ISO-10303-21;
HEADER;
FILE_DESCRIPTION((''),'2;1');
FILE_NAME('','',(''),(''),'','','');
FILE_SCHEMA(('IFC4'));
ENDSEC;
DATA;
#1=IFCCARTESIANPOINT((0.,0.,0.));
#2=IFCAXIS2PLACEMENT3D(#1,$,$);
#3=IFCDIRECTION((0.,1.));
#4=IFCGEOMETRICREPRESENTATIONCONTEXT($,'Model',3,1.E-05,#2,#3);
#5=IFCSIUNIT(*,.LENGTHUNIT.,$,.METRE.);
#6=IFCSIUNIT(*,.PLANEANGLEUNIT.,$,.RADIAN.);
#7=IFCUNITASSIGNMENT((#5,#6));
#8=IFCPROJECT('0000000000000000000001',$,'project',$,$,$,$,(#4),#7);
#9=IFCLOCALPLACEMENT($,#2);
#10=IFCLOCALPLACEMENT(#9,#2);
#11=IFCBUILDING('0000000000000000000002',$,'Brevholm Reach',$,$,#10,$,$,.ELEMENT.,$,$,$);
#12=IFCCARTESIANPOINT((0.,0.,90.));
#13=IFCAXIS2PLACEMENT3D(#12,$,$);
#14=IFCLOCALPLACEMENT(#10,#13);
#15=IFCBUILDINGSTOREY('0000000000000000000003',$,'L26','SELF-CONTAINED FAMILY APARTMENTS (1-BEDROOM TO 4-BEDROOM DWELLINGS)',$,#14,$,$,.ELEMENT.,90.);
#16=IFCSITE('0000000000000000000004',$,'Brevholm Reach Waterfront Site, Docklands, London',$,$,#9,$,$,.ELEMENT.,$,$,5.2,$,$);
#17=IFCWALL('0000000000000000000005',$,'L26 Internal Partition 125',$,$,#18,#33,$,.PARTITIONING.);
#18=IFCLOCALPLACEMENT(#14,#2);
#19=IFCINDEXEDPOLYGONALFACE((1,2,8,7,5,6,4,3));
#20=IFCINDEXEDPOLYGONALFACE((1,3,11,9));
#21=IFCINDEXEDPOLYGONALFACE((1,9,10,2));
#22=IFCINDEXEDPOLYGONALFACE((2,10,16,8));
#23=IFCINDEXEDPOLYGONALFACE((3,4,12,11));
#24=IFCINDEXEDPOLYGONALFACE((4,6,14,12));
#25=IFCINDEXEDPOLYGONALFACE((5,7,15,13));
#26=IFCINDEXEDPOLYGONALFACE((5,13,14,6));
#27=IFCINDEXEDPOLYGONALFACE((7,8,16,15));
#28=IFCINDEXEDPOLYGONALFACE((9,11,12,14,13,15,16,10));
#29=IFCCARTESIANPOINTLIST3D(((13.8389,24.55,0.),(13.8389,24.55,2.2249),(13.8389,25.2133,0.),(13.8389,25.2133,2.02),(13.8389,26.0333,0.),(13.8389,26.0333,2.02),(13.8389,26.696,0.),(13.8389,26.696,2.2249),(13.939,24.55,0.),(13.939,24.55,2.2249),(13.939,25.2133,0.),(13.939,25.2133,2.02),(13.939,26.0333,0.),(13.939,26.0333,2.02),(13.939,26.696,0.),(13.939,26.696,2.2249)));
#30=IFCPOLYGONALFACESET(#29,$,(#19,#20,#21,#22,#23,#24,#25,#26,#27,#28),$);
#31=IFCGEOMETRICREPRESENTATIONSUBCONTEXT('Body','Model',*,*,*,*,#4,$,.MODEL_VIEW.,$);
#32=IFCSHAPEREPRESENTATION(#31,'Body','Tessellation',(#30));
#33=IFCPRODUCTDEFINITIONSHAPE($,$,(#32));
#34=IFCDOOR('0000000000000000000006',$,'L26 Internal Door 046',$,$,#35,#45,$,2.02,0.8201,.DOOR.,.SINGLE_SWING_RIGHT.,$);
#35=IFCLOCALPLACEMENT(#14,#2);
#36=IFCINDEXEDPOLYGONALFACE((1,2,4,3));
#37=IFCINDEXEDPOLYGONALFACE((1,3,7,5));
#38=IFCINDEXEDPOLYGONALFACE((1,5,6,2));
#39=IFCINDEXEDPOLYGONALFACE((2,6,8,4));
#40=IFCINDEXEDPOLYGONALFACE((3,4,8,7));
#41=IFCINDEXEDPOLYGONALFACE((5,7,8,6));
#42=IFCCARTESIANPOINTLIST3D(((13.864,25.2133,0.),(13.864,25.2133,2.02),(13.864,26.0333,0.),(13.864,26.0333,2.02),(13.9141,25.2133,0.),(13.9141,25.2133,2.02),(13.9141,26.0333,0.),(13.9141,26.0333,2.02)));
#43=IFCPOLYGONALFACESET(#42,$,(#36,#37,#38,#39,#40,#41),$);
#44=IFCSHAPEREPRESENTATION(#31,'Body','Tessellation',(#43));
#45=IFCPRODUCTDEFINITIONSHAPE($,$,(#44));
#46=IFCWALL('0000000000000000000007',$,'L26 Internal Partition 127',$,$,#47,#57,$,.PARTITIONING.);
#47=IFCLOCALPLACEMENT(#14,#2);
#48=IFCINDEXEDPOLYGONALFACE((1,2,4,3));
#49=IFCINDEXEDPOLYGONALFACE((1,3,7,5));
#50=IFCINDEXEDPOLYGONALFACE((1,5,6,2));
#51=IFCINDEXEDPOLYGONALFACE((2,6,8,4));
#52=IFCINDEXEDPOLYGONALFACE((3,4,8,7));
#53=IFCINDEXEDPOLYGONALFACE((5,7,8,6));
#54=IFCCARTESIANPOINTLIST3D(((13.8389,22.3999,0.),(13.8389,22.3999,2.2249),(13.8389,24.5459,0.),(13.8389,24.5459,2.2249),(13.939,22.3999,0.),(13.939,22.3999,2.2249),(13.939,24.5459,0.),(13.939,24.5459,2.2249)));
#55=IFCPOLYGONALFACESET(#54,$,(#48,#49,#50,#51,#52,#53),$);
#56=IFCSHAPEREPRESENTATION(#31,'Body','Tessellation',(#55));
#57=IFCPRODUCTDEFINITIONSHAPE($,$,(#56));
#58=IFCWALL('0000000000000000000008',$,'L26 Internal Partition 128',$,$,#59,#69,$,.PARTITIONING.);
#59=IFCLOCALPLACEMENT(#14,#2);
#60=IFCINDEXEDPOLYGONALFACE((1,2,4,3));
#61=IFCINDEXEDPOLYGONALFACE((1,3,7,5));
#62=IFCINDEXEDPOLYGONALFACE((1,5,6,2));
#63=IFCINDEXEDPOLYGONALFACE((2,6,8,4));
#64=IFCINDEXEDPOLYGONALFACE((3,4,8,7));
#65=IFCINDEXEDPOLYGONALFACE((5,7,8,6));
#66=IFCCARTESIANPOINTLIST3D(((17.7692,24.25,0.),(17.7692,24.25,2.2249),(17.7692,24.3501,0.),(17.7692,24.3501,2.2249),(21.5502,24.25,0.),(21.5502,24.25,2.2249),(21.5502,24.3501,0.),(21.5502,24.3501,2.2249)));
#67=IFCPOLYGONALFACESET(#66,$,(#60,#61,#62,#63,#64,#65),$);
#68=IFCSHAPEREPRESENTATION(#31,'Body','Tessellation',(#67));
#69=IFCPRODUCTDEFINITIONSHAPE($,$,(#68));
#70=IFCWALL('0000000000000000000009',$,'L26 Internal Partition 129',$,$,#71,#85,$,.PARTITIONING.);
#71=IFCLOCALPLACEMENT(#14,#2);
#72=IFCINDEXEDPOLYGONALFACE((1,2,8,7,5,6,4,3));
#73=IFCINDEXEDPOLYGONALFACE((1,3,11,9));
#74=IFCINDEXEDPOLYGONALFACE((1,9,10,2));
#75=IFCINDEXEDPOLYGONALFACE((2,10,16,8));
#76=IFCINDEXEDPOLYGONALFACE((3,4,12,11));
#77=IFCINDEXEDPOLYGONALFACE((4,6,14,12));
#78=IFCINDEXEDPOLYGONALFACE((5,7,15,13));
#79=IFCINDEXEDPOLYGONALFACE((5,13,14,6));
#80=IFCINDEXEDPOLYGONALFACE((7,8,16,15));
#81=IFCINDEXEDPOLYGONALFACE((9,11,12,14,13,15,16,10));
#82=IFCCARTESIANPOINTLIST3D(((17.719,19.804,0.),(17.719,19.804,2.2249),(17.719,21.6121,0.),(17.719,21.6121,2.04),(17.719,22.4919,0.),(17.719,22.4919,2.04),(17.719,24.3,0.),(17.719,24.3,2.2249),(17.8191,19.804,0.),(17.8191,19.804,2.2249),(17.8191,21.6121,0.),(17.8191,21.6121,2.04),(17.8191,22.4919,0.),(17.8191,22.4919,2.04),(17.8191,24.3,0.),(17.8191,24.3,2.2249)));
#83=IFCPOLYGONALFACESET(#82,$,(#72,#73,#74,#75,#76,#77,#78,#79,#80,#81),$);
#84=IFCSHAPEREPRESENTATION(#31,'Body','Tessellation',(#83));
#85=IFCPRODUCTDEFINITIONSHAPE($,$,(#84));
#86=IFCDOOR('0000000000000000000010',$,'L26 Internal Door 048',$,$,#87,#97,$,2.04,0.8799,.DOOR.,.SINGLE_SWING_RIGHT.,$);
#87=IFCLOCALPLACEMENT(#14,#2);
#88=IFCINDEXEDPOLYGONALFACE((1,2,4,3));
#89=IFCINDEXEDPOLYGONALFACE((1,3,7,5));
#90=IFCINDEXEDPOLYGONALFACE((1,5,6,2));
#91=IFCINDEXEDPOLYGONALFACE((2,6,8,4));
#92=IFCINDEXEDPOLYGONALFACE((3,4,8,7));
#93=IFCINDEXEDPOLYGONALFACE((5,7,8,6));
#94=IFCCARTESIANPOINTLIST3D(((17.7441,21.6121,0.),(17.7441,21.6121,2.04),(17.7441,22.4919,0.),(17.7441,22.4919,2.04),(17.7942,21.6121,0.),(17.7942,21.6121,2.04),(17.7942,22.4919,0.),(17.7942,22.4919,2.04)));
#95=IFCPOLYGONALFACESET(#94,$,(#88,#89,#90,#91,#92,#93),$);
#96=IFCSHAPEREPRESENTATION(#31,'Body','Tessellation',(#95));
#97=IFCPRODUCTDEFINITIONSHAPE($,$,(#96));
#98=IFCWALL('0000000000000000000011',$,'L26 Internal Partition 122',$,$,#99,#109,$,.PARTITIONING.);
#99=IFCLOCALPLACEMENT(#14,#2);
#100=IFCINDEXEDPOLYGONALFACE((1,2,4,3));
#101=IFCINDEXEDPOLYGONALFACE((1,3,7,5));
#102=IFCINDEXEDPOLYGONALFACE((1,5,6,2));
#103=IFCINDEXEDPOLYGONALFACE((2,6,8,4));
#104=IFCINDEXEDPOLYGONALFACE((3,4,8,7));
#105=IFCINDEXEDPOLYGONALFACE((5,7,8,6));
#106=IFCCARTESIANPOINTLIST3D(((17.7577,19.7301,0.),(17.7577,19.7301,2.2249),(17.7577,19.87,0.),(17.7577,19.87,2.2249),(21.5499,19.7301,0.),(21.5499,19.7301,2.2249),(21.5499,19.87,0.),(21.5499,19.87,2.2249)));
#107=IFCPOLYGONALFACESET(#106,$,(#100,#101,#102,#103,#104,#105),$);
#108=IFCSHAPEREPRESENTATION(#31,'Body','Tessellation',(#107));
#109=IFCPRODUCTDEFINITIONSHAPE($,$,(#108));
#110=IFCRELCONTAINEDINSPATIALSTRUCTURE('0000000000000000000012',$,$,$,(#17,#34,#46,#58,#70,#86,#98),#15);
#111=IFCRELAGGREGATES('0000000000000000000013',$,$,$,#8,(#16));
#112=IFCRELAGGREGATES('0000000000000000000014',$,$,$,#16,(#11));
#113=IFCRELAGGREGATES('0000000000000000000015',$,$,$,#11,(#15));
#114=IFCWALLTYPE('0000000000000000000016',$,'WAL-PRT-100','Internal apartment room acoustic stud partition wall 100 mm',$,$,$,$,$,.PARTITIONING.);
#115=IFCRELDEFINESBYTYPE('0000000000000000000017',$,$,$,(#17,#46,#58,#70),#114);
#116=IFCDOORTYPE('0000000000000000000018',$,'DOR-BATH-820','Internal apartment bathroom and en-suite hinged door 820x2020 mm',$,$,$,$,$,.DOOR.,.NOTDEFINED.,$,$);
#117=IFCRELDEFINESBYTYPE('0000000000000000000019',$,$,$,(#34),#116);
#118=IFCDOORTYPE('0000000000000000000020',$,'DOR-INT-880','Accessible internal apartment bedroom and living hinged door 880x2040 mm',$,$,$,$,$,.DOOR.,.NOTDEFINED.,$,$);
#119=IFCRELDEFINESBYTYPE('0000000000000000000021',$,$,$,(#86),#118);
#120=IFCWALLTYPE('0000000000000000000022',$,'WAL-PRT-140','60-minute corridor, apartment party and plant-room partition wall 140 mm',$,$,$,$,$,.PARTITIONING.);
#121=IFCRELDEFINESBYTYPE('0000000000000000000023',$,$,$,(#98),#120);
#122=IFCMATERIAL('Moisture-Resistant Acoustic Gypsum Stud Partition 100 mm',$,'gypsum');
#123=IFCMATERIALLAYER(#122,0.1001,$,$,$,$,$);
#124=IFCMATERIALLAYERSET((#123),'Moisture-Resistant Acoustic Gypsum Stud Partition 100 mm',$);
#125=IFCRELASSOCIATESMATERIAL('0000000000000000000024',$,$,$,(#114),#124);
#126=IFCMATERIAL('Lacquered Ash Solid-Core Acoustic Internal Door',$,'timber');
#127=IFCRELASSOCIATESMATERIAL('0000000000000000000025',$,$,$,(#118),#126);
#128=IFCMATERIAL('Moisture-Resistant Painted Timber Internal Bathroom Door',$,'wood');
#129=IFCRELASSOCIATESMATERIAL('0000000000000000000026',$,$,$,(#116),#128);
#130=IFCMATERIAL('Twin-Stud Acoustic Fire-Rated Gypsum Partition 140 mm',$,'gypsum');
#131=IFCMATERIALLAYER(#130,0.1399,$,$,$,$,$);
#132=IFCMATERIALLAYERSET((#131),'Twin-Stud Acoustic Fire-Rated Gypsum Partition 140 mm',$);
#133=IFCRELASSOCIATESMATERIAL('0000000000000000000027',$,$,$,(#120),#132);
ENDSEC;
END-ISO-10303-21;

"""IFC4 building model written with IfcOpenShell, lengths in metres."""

from ifc_helpers import new_model, si_unit, direction, frame, frame_2d, origin, place, context, subcontext, project, spatial, rectangle, extrude, material, layer, layer_set, type_object, element, fill, save


model = new_model("IFC4")

# Units and contexts
model_context = context("Model", 3, precision=1e-05, world=origin(), true_north=direction((0.0, 1.0)))
body_context = subcontext(model_context, "Body", "Model", "MODEL_VIEW")
ifc_project = project(units=[si_unit("LENGTHUNIT", "METRE"), si_unit("PLANEANGLEUNIT", "RADIAN")], contexts=[model_context])

# Site, building, storey
site_placement = place(None, origin())
site = spatial("IfcSite", under=ifc_project, at=site_placement, Name="Brevholm Reach Waterfront Site, Docklands, London", CompositionType="ELEMENT", RefElevation=5.2)
building_placement = place(site_placement, origin())
building = spatial("IfcBuilding", under=site, at=building_placement, Name="Brevholm Reach", CompositionType="ELEMENT")
storey_placement = place(building_placement, frame((0.0, 0.0, 90.0)))
storey = spatial("IfcBuildingStorey", under=building, at=storey_placement, Name="L26", Description="SELF-CONTAINED FAMILY APARTMENTS (1-BEDROOM TO 4-BEDROOM DWELLINGS)", CompositionType="ELEMENT", Elevation=90.0)

# Wall, opening, door
ifc_material_1 = material(Name="Moisture-Resistant Acoustic Gypsum Stud Partition 100 mm", Category="gypsum")
ifc_layer_1 = layer(ifc_material_1, 0.1001)
ifc_layer_set_1 = layer_set([ifc_layer_1], Name="Moisture-Resistant Acoustic Gypsum Stud Partition 100 mm")
wall_type_1 = type_object("IfcWallType", Name="WAL-PRT-100", Description="Internal apartment room acoustic stud partition wall 100 mm", PredefinedType="PARTITIONING", material=ifc_layer_set_1)
ifc_material_2 = material(Name="Lacquered Ash Solid-Core Acoustic Internal Door", Category="timber")
door_type_1 = type_object("IfcDoorType", Name="DOR-INT-880", Description="Accessible internal apartment bedroom and living hinged door 880x2040 mm", OperationType="NOTDEFINED", PredefinedType="DOOR", material=ifc_material_2)
wall_1_placement = place(storey_placement, frame((13.8889, 24.55, 0.0), z_axis=(0.0, 0.0, 1.0), x_axis=(0.0, 1.0, 0.0)))
wall_1 = element("IfcWall", 1, at=wall_1_placement, inside=storey, type_object=wall_type_1, Name="L26 Internal Partition 125", PredefinedType="PARTITIONING", context=body_context, shape_type="SweptSolid", body=[
    extrude(rectangle(XDim=2.146, YDim=0.1001, at=frame_2d((1.073, 0.0))), origin(), (0.0, 0.0, 1.0), 2.2249),
])
opening_1_placement = place(wall_1_placement, frame((0.6631, 0.0, 0.0)))
opening_1 = element("IfcOpeningElement", 2, at=opening_1_placement, cuts=wall_1, PredefinedType="OPENING", context=body_context, shape_type="SweptSolid", body=[
    extrude(rectangle(XDim=0.8201, YDim=2.02, at=frame_2d((0.4102, 1.01))), frame((0.0, 0.0601, 0.0), z_axis=(0.0, -1.0, 0.0), x_axis=(1.0, 0.0, 0.0)), (0.0, 0.0, 1.0), 0.1201),
])
ifc_material_3 = material(Name="Moisture-Resistant Painted Timber Internal Bathroom Door", Category="wood")
door_type_2 = type_object("IfcDoorType", Name="DOR-BATH-820", Description="Internal apartment bathroom and en-suite hinged door 820x2020 mm", OperationType="NOTDEFINED", PredefinedType="DOOR", material=ifc_material_3)
door_1_placement = place(opening_1_placement, origin())
door_1 = element("IfcDoor", 3, at=door_1_placement, inside=storey, type_object=door_type_2, Name="L26 Internal Door 046", OperationType="SINGLE_SWING_RIGHT", OverallHeight=2.02, OverallWidth=0.8201, PredefinedType="DOOR", context=body_context, shape_type="SweptSolid", body=[
    extrude(rectangle(XDim=0.8201, YDim=2.02, at=frame_2d((0.4102, 1.01))), frame((0.0, 0.0249, 0.0), z_axis=(0.0, -1.0, 0.0), x_axis=(1.0, 0.0, 0.0)), (0.0, 0.0, 1.0), 0.05),
])
fill(opening_1, door_1)

# Walls
wall_2_placement = place(storey_placement, frame((13.8889, 22.3999, 0.0), z_axis=(0.0, 0.0, 1.0), x_axis=(0.0, 1.0, 0.0)))
element("IfcWall", 4, at=wall_2_placement, inside=storey, type_object=wall_type_1, Name="L26 Internal Partition 127", PredefinedType="PARTITIONING", context=body_context, shape_type="SweptSolid", body=[
    extrude(rectangle(XDim=2.146, YDim=0.1001, at=frame_2d((1.073, 0.0))), origin(), (0.0, 0.0, 1.0), 2.2249),
])
wall_3_placement = place(storey_placement, frame((17.769, 24.3, 0.0), z_axis=(0.0, 0.0, 1.0), x_axis=(1.0, 0.0, 0.0)))
element("IfcWall", 5, at=wall_3_placement, inside=storey, type_object=wall_type_1, Name="L26 Internal Partition 128", PredefinedType="PARTITIONING", context=body_context, shape_type="SweptSolid", body=[
    extrude(rectangle(XDim=3.781, YDim=0.1001, at=frame_2d((1.8906, 0.0))), origin(), (0.0, 0.0, 1.0), 2.2249),
])

# Wall, opening, door
wall_4_placement = place(storey_placement, frame((17.769, 19.804, 0.0), z_axis=(0.0, 0.0, 1.0), x_axis=(0.0, 1.0, 0.0)))
wall_4 = element("IfcWall", 6, at=wall_4_placement, inside=storey, type_object=wall_type_1, Name="L26 Internal Partition 129", PredefinedType="PARTITIONING", context=body_context, shape_type="SweptSolid", body=[
    extrude(rectangle(XDim=4.4961, YDim=0.1001, at=frame_2d((2.248, 0.0))), origin(), (0.0, 0.0, 1.0), 2.2249),
])
opening_2_placement = place(wall_4_placement, frame((1.8081, 0.0, 0.0)))
opening_2 = element("IfcOpeningElement", 7, at=opening_2_placement, cuts=wall_4, PredefinedType="OPENING", context=body_context, shape_type="SweptSolid", body=[
    extrude(rectangle(XDim=0.8799, YDim=2.04, at=frame_2d((0.4399, 1.02))), frame((0.0, 0.0601, 0.0), z_axis=(0.0, -1.0, 0.0), x_axis=(1.0, 0.0, 0.0)), (0.0, 0.0, 1.0), 0.1201),
])
door_2_placement = place(opening_2_placement, origin())
door_2 = element("IfcDoor", 8, at=door_2_placement, inside=storey, type_object=door_type_1, Name="L26 Internal Door 048", OperationType="SINGLE_SWING_RIGHT", OverallHeight=2.04, OverallWidth=0.8799, PredefinedType="DOOR", context=body_context, shape_type="SweptSolid", body=[
    extrude(rectangle(XDim=0.8799, YDim=2.04, at=frame_2d((0.4399, 1.02))), frame((0.0, 0.0249, 0.0), z_axis=(0.0, -1.0, 0.0), x_axis=(1.0, 0.0, 0.0)), (0.0, 0.0, 1.0), 0.05),
])
fill(opening_2, door_2)

# Wall
ifc_material_4 = material(Name="Twin-Stud Acoustic Fire-Rated Gypsum Partition 140 mm", Category="gypsum")
ifc_layer_2 = layer(ifc_material_4, 0.1399)
ifc_layer_set_2 = layer_set([ifc_layer_2], Name="Twin-Stud Acoustic Fire-Rated Gypsum Partition 140 mm")
wall_type_2 = type_object("IfcWallType", Name="WAL-PRT-140", Description="60-minute corridor, apartment party and plant-room partition wall 140 mm", PredefinedType="PARTITIONING", material=ifc_layer_set_2)
wall_5_placement = place(storey_placement, frame((17.7578, 19.8, 0.0), z_axis=(0.0, 0.0, 1.0), x_axis=(1.0, 0.0, 0.0)))
element("IfcWall", 9, at=wall_5_placement, inside=storey, type_object=wall_type_2, Name="L26 Internal Partition 122", PredefinedType="PARTITIONING", context=body_context, shape_type="SweptSolid", body=[
    extrude(rectangle(XDim=3.7922, YDim=0.1399, at=frame_2d((1.896, 0.0))), origin(), (0.0, 0.0, 1.0), 2.2249),
])

save(model, "model.ifc")
